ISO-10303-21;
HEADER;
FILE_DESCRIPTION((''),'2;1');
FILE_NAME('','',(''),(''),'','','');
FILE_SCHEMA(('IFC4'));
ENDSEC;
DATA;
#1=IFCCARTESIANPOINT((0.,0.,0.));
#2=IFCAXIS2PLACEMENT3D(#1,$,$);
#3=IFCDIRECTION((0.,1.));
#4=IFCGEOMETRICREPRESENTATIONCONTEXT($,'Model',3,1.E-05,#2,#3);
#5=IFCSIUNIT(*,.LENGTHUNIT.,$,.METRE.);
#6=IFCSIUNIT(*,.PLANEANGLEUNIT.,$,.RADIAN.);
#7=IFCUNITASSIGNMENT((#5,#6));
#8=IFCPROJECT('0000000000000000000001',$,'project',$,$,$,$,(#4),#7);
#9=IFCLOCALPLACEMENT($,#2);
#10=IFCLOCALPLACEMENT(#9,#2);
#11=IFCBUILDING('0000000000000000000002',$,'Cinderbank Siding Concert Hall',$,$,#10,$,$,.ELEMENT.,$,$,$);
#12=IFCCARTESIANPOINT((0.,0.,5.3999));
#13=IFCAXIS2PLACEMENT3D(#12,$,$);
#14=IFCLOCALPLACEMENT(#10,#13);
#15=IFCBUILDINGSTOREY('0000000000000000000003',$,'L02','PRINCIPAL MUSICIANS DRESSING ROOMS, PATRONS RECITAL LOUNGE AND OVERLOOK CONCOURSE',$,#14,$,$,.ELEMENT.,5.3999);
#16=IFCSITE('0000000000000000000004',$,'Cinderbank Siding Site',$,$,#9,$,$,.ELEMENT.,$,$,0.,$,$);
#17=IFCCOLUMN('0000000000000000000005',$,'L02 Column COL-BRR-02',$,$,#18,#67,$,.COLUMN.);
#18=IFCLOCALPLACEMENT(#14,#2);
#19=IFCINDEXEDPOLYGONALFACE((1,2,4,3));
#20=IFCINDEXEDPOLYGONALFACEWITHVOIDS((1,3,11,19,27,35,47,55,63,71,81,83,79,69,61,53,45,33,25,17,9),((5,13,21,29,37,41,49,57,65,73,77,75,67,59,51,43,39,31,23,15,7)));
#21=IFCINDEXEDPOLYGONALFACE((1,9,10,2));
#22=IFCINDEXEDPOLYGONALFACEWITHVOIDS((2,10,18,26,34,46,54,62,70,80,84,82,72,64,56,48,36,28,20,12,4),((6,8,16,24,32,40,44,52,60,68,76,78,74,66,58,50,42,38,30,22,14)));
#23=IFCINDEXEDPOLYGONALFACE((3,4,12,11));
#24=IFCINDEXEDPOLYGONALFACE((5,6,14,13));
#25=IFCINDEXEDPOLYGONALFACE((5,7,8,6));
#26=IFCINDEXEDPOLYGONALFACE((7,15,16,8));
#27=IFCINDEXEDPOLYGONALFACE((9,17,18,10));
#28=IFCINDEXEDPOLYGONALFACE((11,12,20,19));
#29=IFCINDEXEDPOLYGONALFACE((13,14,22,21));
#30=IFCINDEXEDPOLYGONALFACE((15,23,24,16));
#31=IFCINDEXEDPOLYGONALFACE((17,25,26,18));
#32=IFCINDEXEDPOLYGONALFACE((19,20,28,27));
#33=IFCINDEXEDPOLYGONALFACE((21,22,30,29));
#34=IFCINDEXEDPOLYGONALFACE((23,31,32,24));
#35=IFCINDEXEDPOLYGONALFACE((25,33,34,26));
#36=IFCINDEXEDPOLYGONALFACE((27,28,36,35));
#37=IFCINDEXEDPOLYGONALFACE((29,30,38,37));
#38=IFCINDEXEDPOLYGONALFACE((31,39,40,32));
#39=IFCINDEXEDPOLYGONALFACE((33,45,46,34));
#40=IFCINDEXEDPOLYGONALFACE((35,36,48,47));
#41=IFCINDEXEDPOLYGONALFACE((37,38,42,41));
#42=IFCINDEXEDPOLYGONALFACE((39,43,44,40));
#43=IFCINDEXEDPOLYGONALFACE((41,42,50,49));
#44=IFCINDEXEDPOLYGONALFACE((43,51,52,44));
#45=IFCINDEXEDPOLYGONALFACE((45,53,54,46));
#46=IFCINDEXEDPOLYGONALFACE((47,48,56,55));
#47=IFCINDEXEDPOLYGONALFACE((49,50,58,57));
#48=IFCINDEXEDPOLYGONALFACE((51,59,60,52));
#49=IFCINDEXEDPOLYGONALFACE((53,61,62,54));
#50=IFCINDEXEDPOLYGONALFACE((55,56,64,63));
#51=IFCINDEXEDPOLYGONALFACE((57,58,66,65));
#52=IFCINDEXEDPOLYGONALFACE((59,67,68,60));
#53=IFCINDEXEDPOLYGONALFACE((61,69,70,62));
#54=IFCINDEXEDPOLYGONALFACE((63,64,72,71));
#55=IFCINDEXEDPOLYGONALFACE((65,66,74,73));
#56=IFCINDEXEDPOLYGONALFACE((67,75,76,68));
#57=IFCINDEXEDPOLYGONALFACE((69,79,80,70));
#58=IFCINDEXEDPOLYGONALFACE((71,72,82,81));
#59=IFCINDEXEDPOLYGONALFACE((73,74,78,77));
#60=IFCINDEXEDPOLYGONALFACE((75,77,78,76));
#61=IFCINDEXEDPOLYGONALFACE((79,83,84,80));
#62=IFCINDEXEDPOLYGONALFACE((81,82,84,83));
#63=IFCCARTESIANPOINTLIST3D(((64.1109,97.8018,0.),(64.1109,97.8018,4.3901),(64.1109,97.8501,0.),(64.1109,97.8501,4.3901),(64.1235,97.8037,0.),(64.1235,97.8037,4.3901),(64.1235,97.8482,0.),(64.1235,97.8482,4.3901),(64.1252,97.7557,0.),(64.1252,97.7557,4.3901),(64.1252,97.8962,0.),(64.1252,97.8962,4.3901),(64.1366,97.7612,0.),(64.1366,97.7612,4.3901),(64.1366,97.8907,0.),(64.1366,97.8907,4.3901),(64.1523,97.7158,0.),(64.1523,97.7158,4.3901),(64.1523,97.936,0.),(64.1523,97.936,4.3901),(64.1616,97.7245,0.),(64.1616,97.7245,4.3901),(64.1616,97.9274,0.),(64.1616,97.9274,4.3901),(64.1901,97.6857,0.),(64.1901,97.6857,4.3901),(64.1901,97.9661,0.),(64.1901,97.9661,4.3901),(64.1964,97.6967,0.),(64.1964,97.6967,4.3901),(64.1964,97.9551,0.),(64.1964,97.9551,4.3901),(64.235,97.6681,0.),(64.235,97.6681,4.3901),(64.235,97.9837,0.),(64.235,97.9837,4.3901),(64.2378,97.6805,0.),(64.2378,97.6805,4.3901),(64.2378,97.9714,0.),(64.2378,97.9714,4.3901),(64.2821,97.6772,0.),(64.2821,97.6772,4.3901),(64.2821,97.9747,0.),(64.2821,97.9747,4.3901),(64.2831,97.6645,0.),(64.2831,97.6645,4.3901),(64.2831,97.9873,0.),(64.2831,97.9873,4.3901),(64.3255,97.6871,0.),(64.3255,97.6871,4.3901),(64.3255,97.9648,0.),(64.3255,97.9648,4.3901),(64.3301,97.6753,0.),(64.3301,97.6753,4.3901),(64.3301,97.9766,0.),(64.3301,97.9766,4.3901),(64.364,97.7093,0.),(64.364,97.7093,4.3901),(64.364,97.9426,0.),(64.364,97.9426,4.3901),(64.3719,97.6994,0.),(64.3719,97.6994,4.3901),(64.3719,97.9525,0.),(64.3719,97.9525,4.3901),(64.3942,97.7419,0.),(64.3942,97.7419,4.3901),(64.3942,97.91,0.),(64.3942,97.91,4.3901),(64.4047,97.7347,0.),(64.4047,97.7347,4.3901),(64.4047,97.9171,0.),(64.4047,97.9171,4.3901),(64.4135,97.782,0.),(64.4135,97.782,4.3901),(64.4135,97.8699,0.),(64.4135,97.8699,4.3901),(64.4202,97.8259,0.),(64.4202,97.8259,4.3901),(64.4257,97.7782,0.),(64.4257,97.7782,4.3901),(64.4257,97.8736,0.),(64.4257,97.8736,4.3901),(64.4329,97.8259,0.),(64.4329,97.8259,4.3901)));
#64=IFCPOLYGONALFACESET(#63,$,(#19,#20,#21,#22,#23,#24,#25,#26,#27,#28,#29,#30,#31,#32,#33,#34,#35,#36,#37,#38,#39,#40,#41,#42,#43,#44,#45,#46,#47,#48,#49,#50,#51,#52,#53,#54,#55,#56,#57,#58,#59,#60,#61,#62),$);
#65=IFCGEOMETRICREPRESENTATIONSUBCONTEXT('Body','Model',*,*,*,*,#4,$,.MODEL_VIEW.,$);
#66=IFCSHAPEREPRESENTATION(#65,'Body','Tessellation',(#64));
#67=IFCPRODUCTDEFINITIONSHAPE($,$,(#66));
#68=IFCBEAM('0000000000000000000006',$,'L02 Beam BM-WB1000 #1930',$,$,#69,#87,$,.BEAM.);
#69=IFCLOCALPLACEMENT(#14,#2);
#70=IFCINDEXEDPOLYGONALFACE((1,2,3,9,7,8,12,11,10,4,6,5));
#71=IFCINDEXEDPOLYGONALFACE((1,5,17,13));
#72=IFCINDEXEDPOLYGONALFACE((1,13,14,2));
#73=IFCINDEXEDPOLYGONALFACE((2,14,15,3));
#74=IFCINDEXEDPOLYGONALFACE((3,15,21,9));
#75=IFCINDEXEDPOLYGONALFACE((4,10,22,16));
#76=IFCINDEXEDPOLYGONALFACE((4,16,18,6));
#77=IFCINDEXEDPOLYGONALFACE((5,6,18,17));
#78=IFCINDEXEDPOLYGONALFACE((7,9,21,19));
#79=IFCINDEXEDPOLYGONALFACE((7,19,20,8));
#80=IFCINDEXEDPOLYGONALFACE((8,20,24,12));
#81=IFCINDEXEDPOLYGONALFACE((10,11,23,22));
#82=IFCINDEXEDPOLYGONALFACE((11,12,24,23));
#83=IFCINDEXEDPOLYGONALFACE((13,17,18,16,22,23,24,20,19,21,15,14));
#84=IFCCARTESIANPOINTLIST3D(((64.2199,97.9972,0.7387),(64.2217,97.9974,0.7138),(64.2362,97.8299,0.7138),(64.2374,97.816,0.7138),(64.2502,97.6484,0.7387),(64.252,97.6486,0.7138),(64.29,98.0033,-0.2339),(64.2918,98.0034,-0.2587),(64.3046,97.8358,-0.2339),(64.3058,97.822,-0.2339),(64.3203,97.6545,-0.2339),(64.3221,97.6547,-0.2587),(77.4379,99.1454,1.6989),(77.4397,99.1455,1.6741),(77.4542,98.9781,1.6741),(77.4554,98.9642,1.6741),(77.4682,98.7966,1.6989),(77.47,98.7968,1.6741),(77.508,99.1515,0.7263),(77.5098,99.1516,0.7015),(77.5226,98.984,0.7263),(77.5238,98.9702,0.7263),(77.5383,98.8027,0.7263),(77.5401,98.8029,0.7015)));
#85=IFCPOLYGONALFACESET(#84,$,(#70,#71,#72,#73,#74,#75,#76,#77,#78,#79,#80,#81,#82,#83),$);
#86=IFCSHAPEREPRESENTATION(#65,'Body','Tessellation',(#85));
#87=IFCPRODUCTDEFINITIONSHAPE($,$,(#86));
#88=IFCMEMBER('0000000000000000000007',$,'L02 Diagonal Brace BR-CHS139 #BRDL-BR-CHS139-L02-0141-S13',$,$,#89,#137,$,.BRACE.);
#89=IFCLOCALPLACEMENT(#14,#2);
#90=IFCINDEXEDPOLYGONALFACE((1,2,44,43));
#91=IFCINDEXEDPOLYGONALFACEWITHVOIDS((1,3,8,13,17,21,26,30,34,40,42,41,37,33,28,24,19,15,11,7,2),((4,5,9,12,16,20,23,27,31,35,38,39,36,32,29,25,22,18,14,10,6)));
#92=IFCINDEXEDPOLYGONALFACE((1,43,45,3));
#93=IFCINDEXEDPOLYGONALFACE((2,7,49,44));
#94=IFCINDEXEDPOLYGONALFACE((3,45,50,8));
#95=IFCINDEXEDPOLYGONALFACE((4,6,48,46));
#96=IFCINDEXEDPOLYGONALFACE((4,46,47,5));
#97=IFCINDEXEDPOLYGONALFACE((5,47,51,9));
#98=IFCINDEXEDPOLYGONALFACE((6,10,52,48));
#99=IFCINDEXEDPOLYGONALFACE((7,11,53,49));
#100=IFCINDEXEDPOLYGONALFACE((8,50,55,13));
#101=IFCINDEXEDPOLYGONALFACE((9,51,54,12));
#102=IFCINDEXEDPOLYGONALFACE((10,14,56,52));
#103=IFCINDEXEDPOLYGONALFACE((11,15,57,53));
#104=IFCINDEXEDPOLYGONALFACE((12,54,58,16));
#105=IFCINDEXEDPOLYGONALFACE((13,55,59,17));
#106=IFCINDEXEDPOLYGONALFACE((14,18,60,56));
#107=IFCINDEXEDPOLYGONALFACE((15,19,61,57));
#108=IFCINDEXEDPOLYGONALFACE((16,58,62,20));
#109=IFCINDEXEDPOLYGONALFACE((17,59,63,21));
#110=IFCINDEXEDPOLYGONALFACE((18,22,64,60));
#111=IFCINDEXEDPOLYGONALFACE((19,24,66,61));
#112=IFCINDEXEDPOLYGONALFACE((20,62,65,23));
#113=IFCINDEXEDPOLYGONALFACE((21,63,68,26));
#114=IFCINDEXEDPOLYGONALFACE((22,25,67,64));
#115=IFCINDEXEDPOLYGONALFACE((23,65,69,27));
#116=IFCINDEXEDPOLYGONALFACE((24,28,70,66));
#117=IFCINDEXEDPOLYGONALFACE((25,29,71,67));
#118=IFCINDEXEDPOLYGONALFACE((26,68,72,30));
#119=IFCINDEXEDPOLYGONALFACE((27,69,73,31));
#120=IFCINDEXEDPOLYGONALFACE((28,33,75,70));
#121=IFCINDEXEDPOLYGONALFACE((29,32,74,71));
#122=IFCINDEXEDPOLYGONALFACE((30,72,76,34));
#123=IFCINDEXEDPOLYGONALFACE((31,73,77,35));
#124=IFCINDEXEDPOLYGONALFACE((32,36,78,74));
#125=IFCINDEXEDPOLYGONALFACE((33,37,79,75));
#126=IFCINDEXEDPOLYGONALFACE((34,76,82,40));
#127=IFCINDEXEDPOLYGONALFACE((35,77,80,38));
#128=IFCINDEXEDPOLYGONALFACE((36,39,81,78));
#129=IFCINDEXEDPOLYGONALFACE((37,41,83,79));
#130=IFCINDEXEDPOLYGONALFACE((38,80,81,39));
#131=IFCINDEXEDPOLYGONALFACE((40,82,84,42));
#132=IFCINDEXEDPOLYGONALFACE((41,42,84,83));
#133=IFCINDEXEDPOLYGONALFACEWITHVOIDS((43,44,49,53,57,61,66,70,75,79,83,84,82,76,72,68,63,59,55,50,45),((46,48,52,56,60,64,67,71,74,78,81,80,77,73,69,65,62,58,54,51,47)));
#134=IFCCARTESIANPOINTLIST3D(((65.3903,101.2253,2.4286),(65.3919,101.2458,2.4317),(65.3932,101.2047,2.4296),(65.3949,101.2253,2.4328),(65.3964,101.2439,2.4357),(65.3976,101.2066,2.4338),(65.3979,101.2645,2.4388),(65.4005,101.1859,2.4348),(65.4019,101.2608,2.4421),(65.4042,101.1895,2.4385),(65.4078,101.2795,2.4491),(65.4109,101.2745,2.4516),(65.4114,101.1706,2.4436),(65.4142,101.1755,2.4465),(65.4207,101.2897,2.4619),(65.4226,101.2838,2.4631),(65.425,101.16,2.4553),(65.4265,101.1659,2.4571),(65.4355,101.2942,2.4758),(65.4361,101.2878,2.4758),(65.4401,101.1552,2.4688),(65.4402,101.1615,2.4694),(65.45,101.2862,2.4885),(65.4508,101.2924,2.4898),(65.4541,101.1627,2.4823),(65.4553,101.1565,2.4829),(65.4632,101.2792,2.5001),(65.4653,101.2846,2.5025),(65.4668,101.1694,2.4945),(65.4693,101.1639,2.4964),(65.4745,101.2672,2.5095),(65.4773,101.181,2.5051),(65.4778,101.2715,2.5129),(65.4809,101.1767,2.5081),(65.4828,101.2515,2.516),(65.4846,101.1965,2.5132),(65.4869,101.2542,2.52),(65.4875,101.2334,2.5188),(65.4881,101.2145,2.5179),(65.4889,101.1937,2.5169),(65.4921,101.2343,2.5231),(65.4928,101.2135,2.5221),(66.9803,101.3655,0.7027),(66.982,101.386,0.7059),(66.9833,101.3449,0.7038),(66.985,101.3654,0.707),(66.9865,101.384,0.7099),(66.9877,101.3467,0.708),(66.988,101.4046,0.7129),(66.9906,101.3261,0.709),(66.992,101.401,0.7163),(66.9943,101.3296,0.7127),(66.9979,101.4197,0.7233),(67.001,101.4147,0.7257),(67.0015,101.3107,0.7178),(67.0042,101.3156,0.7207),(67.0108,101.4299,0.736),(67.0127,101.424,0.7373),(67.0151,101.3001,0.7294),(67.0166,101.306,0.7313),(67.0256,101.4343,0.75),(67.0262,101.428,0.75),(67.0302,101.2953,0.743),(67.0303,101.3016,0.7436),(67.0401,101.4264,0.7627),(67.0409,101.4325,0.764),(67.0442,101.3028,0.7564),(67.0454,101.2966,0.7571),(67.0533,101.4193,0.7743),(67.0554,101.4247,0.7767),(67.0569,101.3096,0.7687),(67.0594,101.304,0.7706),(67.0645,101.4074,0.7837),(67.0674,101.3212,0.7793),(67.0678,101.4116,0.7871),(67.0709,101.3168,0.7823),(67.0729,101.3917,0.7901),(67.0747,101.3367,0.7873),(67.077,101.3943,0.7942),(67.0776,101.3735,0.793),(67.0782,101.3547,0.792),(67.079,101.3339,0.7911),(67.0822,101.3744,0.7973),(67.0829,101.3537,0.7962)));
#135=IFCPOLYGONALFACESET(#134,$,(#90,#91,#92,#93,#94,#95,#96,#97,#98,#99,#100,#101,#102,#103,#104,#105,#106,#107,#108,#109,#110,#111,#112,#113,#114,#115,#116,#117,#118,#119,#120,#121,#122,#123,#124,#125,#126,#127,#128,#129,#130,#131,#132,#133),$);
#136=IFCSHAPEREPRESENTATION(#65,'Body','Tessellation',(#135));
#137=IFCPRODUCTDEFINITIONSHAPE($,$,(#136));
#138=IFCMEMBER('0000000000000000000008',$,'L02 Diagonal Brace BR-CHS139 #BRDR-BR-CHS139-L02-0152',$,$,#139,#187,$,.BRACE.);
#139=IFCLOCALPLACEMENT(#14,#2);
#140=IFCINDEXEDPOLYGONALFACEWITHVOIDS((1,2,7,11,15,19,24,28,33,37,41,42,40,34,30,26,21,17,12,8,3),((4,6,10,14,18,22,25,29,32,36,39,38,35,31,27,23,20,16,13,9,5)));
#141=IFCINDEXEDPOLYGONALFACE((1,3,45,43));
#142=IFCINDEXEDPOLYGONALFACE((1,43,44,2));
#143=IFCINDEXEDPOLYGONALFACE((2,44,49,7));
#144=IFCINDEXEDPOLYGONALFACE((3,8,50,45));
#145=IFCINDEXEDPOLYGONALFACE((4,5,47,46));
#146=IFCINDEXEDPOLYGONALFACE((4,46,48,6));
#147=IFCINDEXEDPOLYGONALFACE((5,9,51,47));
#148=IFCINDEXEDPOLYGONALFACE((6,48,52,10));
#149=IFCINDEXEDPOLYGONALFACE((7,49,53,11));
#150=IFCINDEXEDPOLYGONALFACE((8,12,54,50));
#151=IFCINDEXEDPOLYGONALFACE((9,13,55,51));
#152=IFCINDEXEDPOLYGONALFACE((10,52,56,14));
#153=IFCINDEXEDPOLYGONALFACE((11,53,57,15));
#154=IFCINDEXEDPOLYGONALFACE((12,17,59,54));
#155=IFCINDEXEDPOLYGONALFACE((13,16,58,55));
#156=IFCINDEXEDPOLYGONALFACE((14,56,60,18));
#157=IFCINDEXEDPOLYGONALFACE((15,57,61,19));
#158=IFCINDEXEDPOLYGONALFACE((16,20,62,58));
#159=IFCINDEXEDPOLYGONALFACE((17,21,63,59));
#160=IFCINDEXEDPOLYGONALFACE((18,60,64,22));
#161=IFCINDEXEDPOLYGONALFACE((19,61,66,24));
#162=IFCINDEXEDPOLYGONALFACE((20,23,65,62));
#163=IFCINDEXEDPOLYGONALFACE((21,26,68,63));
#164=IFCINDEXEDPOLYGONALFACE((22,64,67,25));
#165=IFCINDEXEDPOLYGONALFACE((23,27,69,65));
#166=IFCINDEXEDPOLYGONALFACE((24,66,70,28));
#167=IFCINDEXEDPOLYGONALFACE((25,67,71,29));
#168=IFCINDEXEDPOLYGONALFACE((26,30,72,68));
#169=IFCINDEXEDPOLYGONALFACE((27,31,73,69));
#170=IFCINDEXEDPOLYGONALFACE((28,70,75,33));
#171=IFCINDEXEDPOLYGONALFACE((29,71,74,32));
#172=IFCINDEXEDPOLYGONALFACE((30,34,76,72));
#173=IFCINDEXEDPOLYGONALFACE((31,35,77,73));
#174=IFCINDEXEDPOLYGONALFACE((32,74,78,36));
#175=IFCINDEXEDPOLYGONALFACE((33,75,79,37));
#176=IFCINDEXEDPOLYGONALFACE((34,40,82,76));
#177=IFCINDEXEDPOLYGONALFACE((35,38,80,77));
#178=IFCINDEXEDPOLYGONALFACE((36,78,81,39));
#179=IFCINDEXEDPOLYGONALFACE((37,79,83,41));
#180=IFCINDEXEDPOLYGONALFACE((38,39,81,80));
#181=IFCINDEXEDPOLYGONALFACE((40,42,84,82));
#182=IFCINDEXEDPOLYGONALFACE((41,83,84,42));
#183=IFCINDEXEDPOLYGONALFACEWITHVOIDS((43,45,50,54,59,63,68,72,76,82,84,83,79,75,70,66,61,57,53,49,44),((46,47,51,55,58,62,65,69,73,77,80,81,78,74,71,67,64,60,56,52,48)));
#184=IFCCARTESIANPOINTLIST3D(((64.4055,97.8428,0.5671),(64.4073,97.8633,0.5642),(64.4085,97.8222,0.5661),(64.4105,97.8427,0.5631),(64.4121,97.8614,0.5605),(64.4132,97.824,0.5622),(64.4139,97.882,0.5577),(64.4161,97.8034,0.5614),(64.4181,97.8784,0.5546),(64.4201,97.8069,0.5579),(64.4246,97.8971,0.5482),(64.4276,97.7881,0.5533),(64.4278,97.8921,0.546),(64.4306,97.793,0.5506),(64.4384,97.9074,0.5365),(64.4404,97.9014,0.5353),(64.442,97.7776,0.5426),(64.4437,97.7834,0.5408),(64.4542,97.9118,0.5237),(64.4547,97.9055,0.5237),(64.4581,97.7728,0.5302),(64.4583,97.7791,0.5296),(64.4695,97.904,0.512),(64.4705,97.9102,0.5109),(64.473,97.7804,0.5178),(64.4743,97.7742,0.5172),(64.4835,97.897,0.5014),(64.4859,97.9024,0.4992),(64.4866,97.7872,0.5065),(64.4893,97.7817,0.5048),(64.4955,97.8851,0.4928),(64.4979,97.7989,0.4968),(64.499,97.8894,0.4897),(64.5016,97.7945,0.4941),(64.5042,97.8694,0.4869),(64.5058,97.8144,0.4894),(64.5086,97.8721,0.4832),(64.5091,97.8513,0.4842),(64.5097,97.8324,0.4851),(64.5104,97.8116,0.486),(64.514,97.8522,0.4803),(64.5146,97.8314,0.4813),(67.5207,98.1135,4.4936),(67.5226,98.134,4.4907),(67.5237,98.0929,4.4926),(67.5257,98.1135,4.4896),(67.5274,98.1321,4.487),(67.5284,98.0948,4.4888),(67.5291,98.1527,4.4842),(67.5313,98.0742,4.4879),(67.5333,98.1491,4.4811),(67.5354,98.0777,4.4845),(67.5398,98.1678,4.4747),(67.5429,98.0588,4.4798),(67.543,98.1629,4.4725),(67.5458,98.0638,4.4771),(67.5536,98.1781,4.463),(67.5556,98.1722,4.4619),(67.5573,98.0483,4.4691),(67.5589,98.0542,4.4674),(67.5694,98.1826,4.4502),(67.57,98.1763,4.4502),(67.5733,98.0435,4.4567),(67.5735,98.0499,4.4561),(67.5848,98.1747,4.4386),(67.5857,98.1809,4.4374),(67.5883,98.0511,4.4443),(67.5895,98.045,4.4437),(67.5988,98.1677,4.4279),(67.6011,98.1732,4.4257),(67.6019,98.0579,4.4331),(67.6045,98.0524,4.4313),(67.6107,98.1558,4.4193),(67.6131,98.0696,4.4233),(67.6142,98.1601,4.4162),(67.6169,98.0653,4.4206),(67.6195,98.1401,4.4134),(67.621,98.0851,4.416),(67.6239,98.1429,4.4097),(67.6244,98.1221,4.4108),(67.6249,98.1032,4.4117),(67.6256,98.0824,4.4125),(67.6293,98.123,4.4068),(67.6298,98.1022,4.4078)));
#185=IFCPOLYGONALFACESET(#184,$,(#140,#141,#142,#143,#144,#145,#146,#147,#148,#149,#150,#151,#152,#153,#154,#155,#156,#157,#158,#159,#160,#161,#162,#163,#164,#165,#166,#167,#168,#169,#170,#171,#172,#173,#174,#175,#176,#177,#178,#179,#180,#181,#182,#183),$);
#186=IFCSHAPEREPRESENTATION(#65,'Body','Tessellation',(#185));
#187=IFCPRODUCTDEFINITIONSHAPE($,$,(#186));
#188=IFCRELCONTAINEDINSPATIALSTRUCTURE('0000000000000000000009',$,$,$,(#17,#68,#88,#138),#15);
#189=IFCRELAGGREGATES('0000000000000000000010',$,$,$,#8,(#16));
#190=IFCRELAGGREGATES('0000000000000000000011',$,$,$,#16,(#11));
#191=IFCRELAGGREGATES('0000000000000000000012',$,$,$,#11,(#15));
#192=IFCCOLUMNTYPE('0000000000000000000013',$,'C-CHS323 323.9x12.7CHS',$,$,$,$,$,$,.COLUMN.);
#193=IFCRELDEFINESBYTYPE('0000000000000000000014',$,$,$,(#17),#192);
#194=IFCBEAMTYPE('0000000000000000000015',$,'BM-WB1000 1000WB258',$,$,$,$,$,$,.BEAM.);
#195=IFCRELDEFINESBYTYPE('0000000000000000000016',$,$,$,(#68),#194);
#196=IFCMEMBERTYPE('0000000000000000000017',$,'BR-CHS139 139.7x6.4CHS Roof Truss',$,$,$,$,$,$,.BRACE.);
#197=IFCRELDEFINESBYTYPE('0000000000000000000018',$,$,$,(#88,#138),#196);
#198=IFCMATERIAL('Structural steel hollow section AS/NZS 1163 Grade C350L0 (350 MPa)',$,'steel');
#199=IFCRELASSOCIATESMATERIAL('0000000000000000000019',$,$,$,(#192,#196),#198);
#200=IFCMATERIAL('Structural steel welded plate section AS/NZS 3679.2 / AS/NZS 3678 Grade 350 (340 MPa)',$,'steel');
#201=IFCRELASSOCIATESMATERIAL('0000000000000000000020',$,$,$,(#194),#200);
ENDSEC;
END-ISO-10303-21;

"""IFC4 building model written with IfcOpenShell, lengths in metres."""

from ifc_helpers import new_model, si_unit, direction, frame, origin, origin_2d, place, context, subcontext, project, spatial, hollow_circle, i_section, extrude, material, material_profile, profile_set, type_object, element, save


model = new_model("IFC4")

# Units and contexts
model_context = context("Model", 3, precision=1e-05, world=origin(), true_north=direction((0.0, 1.0)))
body_context = subcontext(model_context, "Body", "Model", "MODEL_VIEW")
ifc_project = project(units=[si_unit("LENGTHUNIT", "METRE"), si_unit("PLANEANGLEUNIT", "RADIAN")], contexts=[model_context])

# Site, building, storey
site_placement = place(None, origin())
site = spatial("IfcSite", under=ifc_project, at=site_placement, Name="Cinderbank Siding Site", CompositionType="ELEMENT", RefElevation=0.0)
building_placement = place(site_placement, origin())
building = spatial("IfcBuilding", under=site, at=building_placement, Name="Cinderbank Siding Concert Hall", CompositionType="ELEMENT")
storey_placement = place(building_placement, frame((0.0, 0.0, 5.3999)))
storey = spatial("IfcBuildingStorey", under=building, at=storey_placement, Name="L02", Description="PRINCIPAL MUSICIANS DRESSING ROOMS, PATRONS RECITAL LOUNGE AND OVERLOOK CONCOURSE", CompositionType="ELEMENT", Elevation=5.3999)

# Column
ifc_material_1 = material(Name="Structural steel hollow section AS/NZS 1163 Grade C350L0 (350 MPa)", Category="steel")
ifc_material_profile_1 = material_profile(ifc_material_1, hollow_circle(Radius=0.1619, WallThickness=0.0127, at=origin_2d()), Name="323.9x12.7CHS", Category="LoadBearing")
ifc_profile_set_1 = profile_set([ifc_material_profile_1], Name="Structural steel hollow section AS/NZS 1163 Grade C350L0 (350 MPa)")
column_type = type_object("IfcColumnType", Name="C-CHS323 323.9x12.7CHS", PredefinedType="COLUMN", material=ifc_profile_set_1)
column_placement = place(storey_placement, frame((64.271, 97.8259, 0.0), z_axis=(0.0, 0.0, 1.0), x_axis=(1.0, 0.0, 0.0)))
element("IfcColumn", 1, at=column_placement, inside=storey, type_object=column_type, Name="L02 Column COL-BRR-02", PredefinedType="COLUMN", context=body_context, shape_type="SweptSolid", body=[
    extrude(hollow_circle(Radius=0.1619, WallThickness=0.0127, at=origin_2d()), origin(), (0.0, 0.0, 1.0), 4.3901),
])

# Beam
ifc_material_2 = material(Name="Structural steel welded plate section AS/NZS 3679.2 / AS/NZS 3678 Grade 350 (340 MPa)", Category="steel")
ifc_material_profile_2 = material_profile(ifc_material_2, i_section(OverallWidth=0.3501, OverallDepth=1.0, WebThickness=0.0139, FlangeThickness=0.0249, at=origin_2d()), Name="1000WB258", Category="LoadBearing")
ifc_profile_set_2 = profile_set([ifc_material_profile_2], Name="Structural steel welded plate section AS/NZS 3679.2 / AS/NZS 3678 Grade 350 (340 MPa)")
beam_type_1 = type_object("IfcBeamType", Name="BM-WB1000 1000WB258", PredefinedType="BEAM", material=ifc_profile_set_2)
beam_1_placement = place(storey_placement, frame((64.271, 97.8259, 0.24), z_axis=(0.99365, 0.086314, 0.072182), x_axis=(-0.08654, 0.996248, 0.0)))
element("IfcBeam", 2, at=beam_1_placement, inside=storey, type_object=beam_type_1, Name="L02 Beam BM-WB1000 #1930", PredefinedType="BEAM", context=body_context, shape_type="SweptSolid", body=[
    extrude(i_section(OverallWidth=0.3501, OverallDepth=1.0, WebThickness=0.0139, FlangeThickness=0.0249, at=origin_2d()), origin(), (0.0, 0.0, 1.0), 13.3025),
])

# Members
ifc_material_profile_3 = material_profile(ifc_material_1, hollow_circle(Radius=0.0698, WallThickness=0.0063, at=origin_2d()), Name="139.7x6.4CHS", Category="LoadBearing")
ifc_profile_set_3 = profile_set([ifc_material_profile_3], Name="Structural steel hollow section AS/NZS 1163 Grade C350L0 (350 MPa)")
member_type_1 = type_object("IfcMemberType", Name="BR-CHS139 139.7x6.4CHS Roof Truss", PredefinedType="BRACE", material=ifc_profile_set_3)
member_1_placement = place(storey_placement, frame((65.4417, 101.2246, 2.4758), z_axis=(0.676388, 0.059611, -0.734129), x_axis=(-0.087791, 0.996139, 0.0)))
element("IfcMember", 3, at=member_1_placement, inside=storey, type_object=member_type_1, Name="L02 Diagonal Brace BR-CHS139 #BRDL-BR-CHS139-L02-0141-S13", PredefinedType="BRACE", context=body_context, shape_type="SweptSolid", body=[
    extrude(hollow_circle(Radius=0.0698, WallThickness=0.0063, at=origin_2d()), origin(), (0.0, 0.0, 1.0), 2.3508),
])
member_2_placement = place(storey_placement, frame((64.4602, 97.8423, 0.5237), z_axis=(0.620625, 0.05394, 0.78225), x_axis=(-0.086586, 0.996244, 0.0)))
element("IfcMember", 4, at=member_2_placement, inside=storey, type_object=member_type_1, Name="L02 Diagonal Brace BR-CHS139 #BRDR-BR-CHS139-L02-0152", PredefinedType="BRACE", context=body_context, shape_type="SweptSolid", body=[
    extrude(hollow_circle(Radius=0.0698, WallThickness=0.0063, at=origin_2d()), origin(), (0.0, 0.0, 1.0), 5.0195),
])

save(model, "model.ifc")
